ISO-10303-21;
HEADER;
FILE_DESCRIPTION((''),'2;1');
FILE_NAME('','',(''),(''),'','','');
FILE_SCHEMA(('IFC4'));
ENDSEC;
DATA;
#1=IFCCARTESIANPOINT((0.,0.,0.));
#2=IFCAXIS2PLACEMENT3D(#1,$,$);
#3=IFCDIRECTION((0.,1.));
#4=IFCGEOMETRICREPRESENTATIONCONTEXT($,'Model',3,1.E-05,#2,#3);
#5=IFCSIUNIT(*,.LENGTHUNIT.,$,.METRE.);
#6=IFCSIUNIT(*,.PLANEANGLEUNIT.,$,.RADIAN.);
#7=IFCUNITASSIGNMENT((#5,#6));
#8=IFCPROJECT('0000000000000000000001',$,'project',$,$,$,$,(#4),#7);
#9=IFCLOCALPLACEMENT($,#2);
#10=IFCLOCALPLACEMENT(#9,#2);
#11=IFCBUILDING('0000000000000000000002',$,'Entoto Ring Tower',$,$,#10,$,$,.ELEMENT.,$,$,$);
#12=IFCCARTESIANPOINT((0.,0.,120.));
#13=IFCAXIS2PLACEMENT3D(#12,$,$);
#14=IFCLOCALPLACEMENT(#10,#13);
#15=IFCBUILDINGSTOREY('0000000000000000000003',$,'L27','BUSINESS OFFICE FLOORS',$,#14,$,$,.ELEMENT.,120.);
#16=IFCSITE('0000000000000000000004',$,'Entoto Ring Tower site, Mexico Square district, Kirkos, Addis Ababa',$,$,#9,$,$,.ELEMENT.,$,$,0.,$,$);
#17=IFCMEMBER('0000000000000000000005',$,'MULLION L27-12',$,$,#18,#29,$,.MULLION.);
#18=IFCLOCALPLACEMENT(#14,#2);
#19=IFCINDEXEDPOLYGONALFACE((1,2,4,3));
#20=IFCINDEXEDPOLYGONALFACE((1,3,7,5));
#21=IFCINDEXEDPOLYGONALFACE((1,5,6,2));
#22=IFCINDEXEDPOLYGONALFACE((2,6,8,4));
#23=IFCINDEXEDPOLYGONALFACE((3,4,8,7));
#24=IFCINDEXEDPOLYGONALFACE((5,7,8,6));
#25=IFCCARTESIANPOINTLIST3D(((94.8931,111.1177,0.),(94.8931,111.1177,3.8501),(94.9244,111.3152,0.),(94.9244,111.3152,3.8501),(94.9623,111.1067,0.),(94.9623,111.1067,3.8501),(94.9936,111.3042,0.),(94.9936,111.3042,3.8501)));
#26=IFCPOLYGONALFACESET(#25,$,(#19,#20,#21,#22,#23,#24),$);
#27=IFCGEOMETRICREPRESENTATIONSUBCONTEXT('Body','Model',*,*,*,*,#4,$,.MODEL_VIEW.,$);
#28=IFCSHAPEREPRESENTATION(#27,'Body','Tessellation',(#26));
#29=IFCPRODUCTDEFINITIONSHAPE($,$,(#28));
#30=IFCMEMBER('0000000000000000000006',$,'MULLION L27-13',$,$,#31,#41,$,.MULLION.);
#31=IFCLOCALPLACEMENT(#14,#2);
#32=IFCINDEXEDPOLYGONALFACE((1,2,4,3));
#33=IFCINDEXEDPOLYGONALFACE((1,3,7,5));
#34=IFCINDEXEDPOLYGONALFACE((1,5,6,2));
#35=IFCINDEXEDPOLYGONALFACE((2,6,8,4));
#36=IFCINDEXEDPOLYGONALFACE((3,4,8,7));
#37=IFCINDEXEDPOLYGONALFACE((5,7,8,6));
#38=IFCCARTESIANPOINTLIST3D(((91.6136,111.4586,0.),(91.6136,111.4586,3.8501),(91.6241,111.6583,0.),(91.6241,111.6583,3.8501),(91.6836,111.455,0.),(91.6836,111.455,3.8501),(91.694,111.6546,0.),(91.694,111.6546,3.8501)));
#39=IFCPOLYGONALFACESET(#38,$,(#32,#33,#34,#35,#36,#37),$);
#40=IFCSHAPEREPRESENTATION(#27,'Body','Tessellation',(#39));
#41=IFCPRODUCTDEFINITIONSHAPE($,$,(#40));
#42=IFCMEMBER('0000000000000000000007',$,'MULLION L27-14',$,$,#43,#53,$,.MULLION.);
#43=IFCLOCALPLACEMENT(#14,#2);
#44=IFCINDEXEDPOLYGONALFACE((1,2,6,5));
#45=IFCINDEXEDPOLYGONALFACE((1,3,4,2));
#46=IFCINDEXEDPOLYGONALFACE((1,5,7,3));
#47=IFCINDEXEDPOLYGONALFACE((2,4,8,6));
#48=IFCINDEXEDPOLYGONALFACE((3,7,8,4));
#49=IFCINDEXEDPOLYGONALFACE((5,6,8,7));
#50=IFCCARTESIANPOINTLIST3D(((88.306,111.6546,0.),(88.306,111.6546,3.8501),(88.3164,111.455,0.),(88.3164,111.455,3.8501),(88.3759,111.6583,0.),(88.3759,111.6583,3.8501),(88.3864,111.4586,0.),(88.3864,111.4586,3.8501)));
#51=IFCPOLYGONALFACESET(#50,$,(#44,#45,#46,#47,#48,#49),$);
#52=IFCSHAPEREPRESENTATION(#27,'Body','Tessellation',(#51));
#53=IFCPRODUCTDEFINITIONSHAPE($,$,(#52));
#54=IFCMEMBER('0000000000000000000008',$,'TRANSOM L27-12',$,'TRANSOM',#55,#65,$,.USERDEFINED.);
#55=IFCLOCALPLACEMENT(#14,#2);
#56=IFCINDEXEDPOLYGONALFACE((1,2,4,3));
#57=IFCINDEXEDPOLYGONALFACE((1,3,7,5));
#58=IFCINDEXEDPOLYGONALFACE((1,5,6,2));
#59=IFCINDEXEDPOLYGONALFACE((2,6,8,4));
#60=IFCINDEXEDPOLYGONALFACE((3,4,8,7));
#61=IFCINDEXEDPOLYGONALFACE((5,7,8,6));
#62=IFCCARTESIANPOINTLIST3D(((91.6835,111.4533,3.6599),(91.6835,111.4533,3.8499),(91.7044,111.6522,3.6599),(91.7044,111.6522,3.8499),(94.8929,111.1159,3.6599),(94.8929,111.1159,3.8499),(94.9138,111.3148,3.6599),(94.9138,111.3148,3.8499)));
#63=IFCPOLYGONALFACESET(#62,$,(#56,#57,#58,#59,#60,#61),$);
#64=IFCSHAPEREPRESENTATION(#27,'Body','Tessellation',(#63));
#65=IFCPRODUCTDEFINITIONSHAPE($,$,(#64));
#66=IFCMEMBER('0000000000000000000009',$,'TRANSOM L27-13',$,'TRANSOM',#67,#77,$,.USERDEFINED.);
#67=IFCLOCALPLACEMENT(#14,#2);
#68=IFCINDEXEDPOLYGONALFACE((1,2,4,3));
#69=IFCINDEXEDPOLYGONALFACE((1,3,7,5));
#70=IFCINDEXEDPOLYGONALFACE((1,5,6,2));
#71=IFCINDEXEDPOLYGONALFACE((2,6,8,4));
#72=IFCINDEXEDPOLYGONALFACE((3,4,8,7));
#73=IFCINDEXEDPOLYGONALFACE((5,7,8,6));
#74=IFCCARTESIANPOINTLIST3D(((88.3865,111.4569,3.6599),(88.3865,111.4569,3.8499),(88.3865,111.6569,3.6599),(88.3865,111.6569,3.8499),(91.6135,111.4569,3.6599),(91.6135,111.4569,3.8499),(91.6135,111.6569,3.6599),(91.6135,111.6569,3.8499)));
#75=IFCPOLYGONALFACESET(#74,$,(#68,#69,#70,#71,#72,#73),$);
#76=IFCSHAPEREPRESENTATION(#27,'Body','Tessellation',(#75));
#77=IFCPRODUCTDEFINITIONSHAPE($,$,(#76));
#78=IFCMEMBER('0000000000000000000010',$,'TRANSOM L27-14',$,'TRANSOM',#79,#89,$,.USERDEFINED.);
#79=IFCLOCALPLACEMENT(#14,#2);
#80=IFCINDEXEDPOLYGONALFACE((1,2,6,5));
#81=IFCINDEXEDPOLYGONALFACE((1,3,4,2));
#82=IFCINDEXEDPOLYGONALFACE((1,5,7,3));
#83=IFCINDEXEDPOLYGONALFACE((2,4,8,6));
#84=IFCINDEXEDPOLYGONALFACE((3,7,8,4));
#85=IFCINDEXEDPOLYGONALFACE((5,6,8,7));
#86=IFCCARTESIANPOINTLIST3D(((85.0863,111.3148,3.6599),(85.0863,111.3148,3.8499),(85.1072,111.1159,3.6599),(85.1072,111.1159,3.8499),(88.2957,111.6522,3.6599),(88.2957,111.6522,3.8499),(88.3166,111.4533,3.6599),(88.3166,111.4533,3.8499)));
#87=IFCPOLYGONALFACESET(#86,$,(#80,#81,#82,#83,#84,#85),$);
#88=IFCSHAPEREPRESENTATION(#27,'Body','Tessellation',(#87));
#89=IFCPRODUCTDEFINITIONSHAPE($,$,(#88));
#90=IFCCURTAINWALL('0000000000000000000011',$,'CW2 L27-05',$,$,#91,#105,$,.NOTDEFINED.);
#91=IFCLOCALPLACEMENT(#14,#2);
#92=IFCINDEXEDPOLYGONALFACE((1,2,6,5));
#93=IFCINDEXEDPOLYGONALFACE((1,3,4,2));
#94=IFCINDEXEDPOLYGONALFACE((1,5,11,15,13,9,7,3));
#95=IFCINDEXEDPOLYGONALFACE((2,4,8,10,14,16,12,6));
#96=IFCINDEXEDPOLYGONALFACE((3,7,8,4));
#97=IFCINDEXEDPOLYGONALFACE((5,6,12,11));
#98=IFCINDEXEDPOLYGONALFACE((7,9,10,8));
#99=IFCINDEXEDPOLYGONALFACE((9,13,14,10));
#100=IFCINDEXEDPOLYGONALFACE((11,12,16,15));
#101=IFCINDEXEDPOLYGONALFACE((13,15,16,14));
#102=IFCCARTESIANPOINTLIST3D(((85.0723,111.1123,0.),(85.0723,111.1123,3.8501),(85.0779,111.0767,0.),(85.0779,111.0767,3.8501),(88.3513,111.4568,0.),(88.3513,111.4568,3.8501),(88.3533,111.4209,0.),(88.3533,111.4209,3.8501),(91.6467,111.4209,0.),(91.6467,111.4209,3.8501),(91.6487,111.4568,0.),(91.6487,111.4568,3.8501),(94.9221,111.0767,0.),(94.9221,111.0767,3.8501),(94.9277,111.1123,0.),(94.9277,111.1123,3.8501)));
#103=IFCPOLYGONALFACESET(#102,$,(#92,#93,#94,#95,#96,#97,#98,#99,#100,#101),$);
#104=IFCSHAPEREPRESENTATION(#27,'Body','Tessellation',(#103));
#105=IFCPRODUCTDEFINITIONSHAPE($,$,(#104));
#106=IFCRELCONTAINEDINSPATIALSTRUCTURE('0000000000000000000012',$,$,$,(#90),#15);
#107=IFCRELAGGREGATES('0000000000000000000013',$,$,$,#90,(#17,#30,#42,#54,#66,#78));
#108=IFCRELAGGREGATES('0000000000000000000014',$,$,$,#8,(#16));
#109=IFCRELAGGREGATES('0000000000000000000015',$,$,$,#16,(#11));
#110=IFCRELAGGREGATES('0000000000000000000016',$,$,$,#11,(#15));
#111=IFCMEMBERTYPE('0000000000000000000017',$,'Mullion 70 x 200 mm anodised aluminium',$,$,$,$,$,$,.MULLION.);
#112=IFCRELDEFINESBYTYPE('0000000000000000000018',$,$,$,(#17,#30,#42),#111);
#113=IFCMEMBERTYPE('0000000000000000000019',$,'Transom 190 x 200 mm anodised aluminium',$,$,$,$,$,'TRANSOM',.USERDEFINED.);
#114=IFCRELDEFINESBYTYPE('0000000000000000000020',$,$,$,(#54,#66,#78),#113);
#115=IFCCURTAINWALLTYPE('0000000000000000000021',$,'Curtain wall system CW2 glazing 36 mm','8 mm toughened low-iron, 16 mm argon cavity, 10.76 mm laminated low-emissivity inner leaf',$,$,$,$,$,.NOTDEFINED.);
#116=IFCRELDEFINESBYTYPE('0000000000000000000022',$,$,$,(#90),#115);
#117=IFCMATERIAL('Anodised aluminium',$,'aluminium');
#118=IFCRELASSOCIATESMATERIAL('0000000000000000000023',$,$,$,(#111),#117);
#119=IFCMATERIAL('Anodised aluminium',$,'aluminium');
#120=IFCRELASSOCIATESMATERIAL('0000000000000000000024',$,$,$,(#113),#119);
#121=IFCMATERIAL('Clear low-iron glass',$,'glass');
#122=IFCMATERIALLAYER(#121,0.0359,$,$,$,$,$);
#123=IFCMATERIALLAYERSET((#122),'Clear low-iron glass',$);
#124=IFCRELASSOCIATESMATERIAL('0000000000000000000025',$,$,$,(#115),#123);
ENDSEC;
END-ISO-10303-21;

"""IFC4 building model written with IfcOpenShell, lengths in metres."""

from ifc_helpers import new_model, si_unit, direction, frame, origin, origin_2d, place, context, subcontext, project, spatial, polyline, rectangle, outline, extrude, material, layer, layer_set, material_profile, profile_set, type_object, element, aggregate, save


model = new_model("IFC4")

# Units and contexts
model_context = context("Model", 3, precision=1e-05, world=origin(), true_north=direction((0.0, 1.0)))
body_context = subcontext(model_context, "Body", "Model", "MODEL_VIEW")
ifc_project = project(units=[si_unit("LENGTHUNIT", "METRE"), si_unit("PLANEANGLEUNIT", "RADIAN")], contexts=[model_context])

# Members
ifc_material_1 = material(Name="Anodised aluminium", Category="aluminium")
ifc_material_profile_1 = material_profile(ifc_material_1, rectangle(XDim=0.0701, YDim=0.2, at=origin_2d()), Name="Mullion 70 x 200 mm anodised aluminium")
ifc_profile_set_1 = profile_set([ifc_material_profile_1], Name="Anodised aluminium")
member_type_1 = type_object("IfcMemberType", Name="Mullion 70 x 200 mm anodised aluminium", PredefinedType="MULLION", material=ifc_profile_set_1)
site_placement = place(None, origin())
building_placement = place(site_placement, origin())
storey_placement = place(building_placement, frame((0.0, 0.0, 120.0)))
member_1_placement = place(storey_placement, frame((94.9434, 111.2109, 0.0), z_axis=(0.0, 0.0, 1.0), x_axis=(-0.987688, 0.156434, 0.0)))
member_1 = element("IfcMember", 1, at=member_1_placement, type_object=member_type_1, Name="MULLION L27-12", PredefinedType="MULLION", context=body_context, shape_type="SweptSolid", body=[
    extrude(rectangle(XDim=0.0701, YDim=0.2, at=origin_2d()), origin(), (0.0, 0.0, 1.0), 3.8501),
])
member_2_placement = place(storey_placement, frame((91.6538, 111.5566, 0.0), z_axis=(0.0, 0.0, 1.0), x_axis=(-0.99863, 0.052336, 0.0)))
member_2 = element("IfcMember", 2, at=member_2_placement, type_object=member_type_1, Name="MULLION L27-13", PredefinedType="MULLION", context=body_context, shape_type="SweptSolid", body=[
    extrude(rectangle(XDim=0.0701, YDim=0.2, at=origin_2d()), origin(), (0.0, 0.0, 1.0), 3.8501),
])
member_3_placement = place(storey_placement, frame((88.3462, 111.5566, 0.0), z_axis=(0.0, 0.0, 1.0), x_axis=(-0.99863, -0.052336, 0.0)))
member_3 = element("IfcMember", 3, at=member_3_placement, type_object=member_type_1, Name="MULLION L27-14", PredefinedType="MULLION", context=body_context, shape_type="SweptSolid", body=[
    extrude(rectangle(XDim=0.0701, YDim=0.2, at=origin_2d()), origin(), (0.0, 0.0, 1.0), 3.8501),
])
ifc_material_2 = material(Name="Anodised aluminium", Category="aluminium")
ifc_material_profile_2 = material_profile(ifc_material_2, rectangle(XDim=0.2, YDim=0.1899, at=origin_2d()), Name="Transom 190 x 200 mm anodised aluminium")
ifc_profile_set_2 = profile_set([ifc_material_profile_2], Name="Anodised aluminium")
member_type_2 = type_object("IfcMemberType", Name="Transom 190 x 200 mm anodised aluminium", ElementType="TRANSOM", PredefinedType="USERDEFINED", material=ifc_profile_set_2)
member_4_placement = place(storey_placement, frame((94.9033, 111.2153, 3.7549), z_axis=(-0.99452, 0.104551, 0.0), x_axis=(-0.104551, -0.99452, 0.0)))
member_4 = element("IfcMember", 4, at=member_4_placement, type_object=member_type_2, Name="TRANSOM L27-12", ObjectType="TRANSOM", PredefinedType="USERDEFINED", context=body_context, shape_type="SweptSolid", body=[
    extrude(rectangle(XDim=0.2, YDim=0.1899, at=origin_2d()), origin(), (0.0, 0.0, 1.0), 3.2271),
])
member_5_placement = place(storey_placement, frame((91.6135, 111.5569, 3.7549), z_axis=(-1.0, 0.0, 0.0), x_axis=(0.0, -1.0, 0.0)))
member_5 = element("IfcMember", 5, at=member_5_placement, type_object=member_type_2, Name="TRANSOM L27-13", ObjectType="TRANSOM", PredefinedType="USERDEFINED", context=body_context, shape_type="SweptSolid", body=[
    extrude(rectangle(XDim=0.2, YDim=0.1899, at=origin_2d()), origin(), (0.0, 0.0, 1.0), 3.2271),
])
member_6_placement = place(storey_placement, frame((88.3062, 111.5527, 3.7549), z_axis=(-0.99452, -0.104551, 0.0), x_axis=(0.104551, -0.99452, 0.0)))
member_6 = element("IfcMember", 6, at=member_6_placement, type_object=member_type_2, Name="TRANSOM L27-14", ObjectType="TRANSOM", PredefinedType="USERDEFINED", context=body_context, shape_type="SweptSolid", body=[
    extrude(rectangle(XDim=0.2, YDim=0.1899, at=origin_2d()), origin(), (0.0, 0.0, 1.0), 3.2271),
])

# Site, building, storey
site = spatial("IfcSite", under=ifc_project, at=site_placement, Name="Entoto Ring Tower site, Mexico Square district, Kirkos, Addis Ababa", CompositionType="ELEMENT", RefElevation=0.0)
building = spatial("IfcBuilding", under=site, at=building_placement, Name="Entoto Ring Tower", CompositionType="ELEMENT")
storey = spatial("IfcBuildingStorey", under=building, at=storey_placement, Name="L27", Description="BUSINESS OFFICE FLOORS", CompositionType="ELEMENT", Elevation=120.0)

# Curtain wall
ifc_material_3 = material(Name="Clear low-iron glass", Category="glass")
ifc_layer = layer(ifc_material_3, 0.0359)
ifc_layer_set = layer_set([ifc_layer], Name="Clear low-iron glass")
curtain_wall_type = type_object("IfcCurtainWallType", Name="Curtain wall system CW2 glazing 36 mm", Description="8 mm toughened low-iron, 16 mm argon cavity, 10.76 mm laminated low-emissivity inner leaf", PredefinedType="NOTDEFINED", material=ifc_layer_set)
curtain_wall_1_placement = place(storey_placement, origin())
curtain_wall_1 = element("IfcCurtainWall", 7, at=curtain_wall_1_placement, inside=storey, type_object=curtain_wall_type, Name="CW2 L27-05", PredefinedType="NOTDEFINED", context=body_context, shape_type="SweptSolid", body=[
    extrude(outline(polyline([(94.9277, 111.1123), (91.6487, 111.4568), (88.3513, 111.4568), (85.0723, 111.1123), (85.0779, 111.0767), (88.3533, 111.4209), (91.6467, 111.4209), (94.9221, 111.0767), (94.9277, 111.1123)])), origin(), (0.0, 0.0, 1.0), 3.8501),
])
aggregate(curtain_wall_1, [member_1, member_2, member_3, member_4, member_5, member_6])

save(model, "model.ifc")
